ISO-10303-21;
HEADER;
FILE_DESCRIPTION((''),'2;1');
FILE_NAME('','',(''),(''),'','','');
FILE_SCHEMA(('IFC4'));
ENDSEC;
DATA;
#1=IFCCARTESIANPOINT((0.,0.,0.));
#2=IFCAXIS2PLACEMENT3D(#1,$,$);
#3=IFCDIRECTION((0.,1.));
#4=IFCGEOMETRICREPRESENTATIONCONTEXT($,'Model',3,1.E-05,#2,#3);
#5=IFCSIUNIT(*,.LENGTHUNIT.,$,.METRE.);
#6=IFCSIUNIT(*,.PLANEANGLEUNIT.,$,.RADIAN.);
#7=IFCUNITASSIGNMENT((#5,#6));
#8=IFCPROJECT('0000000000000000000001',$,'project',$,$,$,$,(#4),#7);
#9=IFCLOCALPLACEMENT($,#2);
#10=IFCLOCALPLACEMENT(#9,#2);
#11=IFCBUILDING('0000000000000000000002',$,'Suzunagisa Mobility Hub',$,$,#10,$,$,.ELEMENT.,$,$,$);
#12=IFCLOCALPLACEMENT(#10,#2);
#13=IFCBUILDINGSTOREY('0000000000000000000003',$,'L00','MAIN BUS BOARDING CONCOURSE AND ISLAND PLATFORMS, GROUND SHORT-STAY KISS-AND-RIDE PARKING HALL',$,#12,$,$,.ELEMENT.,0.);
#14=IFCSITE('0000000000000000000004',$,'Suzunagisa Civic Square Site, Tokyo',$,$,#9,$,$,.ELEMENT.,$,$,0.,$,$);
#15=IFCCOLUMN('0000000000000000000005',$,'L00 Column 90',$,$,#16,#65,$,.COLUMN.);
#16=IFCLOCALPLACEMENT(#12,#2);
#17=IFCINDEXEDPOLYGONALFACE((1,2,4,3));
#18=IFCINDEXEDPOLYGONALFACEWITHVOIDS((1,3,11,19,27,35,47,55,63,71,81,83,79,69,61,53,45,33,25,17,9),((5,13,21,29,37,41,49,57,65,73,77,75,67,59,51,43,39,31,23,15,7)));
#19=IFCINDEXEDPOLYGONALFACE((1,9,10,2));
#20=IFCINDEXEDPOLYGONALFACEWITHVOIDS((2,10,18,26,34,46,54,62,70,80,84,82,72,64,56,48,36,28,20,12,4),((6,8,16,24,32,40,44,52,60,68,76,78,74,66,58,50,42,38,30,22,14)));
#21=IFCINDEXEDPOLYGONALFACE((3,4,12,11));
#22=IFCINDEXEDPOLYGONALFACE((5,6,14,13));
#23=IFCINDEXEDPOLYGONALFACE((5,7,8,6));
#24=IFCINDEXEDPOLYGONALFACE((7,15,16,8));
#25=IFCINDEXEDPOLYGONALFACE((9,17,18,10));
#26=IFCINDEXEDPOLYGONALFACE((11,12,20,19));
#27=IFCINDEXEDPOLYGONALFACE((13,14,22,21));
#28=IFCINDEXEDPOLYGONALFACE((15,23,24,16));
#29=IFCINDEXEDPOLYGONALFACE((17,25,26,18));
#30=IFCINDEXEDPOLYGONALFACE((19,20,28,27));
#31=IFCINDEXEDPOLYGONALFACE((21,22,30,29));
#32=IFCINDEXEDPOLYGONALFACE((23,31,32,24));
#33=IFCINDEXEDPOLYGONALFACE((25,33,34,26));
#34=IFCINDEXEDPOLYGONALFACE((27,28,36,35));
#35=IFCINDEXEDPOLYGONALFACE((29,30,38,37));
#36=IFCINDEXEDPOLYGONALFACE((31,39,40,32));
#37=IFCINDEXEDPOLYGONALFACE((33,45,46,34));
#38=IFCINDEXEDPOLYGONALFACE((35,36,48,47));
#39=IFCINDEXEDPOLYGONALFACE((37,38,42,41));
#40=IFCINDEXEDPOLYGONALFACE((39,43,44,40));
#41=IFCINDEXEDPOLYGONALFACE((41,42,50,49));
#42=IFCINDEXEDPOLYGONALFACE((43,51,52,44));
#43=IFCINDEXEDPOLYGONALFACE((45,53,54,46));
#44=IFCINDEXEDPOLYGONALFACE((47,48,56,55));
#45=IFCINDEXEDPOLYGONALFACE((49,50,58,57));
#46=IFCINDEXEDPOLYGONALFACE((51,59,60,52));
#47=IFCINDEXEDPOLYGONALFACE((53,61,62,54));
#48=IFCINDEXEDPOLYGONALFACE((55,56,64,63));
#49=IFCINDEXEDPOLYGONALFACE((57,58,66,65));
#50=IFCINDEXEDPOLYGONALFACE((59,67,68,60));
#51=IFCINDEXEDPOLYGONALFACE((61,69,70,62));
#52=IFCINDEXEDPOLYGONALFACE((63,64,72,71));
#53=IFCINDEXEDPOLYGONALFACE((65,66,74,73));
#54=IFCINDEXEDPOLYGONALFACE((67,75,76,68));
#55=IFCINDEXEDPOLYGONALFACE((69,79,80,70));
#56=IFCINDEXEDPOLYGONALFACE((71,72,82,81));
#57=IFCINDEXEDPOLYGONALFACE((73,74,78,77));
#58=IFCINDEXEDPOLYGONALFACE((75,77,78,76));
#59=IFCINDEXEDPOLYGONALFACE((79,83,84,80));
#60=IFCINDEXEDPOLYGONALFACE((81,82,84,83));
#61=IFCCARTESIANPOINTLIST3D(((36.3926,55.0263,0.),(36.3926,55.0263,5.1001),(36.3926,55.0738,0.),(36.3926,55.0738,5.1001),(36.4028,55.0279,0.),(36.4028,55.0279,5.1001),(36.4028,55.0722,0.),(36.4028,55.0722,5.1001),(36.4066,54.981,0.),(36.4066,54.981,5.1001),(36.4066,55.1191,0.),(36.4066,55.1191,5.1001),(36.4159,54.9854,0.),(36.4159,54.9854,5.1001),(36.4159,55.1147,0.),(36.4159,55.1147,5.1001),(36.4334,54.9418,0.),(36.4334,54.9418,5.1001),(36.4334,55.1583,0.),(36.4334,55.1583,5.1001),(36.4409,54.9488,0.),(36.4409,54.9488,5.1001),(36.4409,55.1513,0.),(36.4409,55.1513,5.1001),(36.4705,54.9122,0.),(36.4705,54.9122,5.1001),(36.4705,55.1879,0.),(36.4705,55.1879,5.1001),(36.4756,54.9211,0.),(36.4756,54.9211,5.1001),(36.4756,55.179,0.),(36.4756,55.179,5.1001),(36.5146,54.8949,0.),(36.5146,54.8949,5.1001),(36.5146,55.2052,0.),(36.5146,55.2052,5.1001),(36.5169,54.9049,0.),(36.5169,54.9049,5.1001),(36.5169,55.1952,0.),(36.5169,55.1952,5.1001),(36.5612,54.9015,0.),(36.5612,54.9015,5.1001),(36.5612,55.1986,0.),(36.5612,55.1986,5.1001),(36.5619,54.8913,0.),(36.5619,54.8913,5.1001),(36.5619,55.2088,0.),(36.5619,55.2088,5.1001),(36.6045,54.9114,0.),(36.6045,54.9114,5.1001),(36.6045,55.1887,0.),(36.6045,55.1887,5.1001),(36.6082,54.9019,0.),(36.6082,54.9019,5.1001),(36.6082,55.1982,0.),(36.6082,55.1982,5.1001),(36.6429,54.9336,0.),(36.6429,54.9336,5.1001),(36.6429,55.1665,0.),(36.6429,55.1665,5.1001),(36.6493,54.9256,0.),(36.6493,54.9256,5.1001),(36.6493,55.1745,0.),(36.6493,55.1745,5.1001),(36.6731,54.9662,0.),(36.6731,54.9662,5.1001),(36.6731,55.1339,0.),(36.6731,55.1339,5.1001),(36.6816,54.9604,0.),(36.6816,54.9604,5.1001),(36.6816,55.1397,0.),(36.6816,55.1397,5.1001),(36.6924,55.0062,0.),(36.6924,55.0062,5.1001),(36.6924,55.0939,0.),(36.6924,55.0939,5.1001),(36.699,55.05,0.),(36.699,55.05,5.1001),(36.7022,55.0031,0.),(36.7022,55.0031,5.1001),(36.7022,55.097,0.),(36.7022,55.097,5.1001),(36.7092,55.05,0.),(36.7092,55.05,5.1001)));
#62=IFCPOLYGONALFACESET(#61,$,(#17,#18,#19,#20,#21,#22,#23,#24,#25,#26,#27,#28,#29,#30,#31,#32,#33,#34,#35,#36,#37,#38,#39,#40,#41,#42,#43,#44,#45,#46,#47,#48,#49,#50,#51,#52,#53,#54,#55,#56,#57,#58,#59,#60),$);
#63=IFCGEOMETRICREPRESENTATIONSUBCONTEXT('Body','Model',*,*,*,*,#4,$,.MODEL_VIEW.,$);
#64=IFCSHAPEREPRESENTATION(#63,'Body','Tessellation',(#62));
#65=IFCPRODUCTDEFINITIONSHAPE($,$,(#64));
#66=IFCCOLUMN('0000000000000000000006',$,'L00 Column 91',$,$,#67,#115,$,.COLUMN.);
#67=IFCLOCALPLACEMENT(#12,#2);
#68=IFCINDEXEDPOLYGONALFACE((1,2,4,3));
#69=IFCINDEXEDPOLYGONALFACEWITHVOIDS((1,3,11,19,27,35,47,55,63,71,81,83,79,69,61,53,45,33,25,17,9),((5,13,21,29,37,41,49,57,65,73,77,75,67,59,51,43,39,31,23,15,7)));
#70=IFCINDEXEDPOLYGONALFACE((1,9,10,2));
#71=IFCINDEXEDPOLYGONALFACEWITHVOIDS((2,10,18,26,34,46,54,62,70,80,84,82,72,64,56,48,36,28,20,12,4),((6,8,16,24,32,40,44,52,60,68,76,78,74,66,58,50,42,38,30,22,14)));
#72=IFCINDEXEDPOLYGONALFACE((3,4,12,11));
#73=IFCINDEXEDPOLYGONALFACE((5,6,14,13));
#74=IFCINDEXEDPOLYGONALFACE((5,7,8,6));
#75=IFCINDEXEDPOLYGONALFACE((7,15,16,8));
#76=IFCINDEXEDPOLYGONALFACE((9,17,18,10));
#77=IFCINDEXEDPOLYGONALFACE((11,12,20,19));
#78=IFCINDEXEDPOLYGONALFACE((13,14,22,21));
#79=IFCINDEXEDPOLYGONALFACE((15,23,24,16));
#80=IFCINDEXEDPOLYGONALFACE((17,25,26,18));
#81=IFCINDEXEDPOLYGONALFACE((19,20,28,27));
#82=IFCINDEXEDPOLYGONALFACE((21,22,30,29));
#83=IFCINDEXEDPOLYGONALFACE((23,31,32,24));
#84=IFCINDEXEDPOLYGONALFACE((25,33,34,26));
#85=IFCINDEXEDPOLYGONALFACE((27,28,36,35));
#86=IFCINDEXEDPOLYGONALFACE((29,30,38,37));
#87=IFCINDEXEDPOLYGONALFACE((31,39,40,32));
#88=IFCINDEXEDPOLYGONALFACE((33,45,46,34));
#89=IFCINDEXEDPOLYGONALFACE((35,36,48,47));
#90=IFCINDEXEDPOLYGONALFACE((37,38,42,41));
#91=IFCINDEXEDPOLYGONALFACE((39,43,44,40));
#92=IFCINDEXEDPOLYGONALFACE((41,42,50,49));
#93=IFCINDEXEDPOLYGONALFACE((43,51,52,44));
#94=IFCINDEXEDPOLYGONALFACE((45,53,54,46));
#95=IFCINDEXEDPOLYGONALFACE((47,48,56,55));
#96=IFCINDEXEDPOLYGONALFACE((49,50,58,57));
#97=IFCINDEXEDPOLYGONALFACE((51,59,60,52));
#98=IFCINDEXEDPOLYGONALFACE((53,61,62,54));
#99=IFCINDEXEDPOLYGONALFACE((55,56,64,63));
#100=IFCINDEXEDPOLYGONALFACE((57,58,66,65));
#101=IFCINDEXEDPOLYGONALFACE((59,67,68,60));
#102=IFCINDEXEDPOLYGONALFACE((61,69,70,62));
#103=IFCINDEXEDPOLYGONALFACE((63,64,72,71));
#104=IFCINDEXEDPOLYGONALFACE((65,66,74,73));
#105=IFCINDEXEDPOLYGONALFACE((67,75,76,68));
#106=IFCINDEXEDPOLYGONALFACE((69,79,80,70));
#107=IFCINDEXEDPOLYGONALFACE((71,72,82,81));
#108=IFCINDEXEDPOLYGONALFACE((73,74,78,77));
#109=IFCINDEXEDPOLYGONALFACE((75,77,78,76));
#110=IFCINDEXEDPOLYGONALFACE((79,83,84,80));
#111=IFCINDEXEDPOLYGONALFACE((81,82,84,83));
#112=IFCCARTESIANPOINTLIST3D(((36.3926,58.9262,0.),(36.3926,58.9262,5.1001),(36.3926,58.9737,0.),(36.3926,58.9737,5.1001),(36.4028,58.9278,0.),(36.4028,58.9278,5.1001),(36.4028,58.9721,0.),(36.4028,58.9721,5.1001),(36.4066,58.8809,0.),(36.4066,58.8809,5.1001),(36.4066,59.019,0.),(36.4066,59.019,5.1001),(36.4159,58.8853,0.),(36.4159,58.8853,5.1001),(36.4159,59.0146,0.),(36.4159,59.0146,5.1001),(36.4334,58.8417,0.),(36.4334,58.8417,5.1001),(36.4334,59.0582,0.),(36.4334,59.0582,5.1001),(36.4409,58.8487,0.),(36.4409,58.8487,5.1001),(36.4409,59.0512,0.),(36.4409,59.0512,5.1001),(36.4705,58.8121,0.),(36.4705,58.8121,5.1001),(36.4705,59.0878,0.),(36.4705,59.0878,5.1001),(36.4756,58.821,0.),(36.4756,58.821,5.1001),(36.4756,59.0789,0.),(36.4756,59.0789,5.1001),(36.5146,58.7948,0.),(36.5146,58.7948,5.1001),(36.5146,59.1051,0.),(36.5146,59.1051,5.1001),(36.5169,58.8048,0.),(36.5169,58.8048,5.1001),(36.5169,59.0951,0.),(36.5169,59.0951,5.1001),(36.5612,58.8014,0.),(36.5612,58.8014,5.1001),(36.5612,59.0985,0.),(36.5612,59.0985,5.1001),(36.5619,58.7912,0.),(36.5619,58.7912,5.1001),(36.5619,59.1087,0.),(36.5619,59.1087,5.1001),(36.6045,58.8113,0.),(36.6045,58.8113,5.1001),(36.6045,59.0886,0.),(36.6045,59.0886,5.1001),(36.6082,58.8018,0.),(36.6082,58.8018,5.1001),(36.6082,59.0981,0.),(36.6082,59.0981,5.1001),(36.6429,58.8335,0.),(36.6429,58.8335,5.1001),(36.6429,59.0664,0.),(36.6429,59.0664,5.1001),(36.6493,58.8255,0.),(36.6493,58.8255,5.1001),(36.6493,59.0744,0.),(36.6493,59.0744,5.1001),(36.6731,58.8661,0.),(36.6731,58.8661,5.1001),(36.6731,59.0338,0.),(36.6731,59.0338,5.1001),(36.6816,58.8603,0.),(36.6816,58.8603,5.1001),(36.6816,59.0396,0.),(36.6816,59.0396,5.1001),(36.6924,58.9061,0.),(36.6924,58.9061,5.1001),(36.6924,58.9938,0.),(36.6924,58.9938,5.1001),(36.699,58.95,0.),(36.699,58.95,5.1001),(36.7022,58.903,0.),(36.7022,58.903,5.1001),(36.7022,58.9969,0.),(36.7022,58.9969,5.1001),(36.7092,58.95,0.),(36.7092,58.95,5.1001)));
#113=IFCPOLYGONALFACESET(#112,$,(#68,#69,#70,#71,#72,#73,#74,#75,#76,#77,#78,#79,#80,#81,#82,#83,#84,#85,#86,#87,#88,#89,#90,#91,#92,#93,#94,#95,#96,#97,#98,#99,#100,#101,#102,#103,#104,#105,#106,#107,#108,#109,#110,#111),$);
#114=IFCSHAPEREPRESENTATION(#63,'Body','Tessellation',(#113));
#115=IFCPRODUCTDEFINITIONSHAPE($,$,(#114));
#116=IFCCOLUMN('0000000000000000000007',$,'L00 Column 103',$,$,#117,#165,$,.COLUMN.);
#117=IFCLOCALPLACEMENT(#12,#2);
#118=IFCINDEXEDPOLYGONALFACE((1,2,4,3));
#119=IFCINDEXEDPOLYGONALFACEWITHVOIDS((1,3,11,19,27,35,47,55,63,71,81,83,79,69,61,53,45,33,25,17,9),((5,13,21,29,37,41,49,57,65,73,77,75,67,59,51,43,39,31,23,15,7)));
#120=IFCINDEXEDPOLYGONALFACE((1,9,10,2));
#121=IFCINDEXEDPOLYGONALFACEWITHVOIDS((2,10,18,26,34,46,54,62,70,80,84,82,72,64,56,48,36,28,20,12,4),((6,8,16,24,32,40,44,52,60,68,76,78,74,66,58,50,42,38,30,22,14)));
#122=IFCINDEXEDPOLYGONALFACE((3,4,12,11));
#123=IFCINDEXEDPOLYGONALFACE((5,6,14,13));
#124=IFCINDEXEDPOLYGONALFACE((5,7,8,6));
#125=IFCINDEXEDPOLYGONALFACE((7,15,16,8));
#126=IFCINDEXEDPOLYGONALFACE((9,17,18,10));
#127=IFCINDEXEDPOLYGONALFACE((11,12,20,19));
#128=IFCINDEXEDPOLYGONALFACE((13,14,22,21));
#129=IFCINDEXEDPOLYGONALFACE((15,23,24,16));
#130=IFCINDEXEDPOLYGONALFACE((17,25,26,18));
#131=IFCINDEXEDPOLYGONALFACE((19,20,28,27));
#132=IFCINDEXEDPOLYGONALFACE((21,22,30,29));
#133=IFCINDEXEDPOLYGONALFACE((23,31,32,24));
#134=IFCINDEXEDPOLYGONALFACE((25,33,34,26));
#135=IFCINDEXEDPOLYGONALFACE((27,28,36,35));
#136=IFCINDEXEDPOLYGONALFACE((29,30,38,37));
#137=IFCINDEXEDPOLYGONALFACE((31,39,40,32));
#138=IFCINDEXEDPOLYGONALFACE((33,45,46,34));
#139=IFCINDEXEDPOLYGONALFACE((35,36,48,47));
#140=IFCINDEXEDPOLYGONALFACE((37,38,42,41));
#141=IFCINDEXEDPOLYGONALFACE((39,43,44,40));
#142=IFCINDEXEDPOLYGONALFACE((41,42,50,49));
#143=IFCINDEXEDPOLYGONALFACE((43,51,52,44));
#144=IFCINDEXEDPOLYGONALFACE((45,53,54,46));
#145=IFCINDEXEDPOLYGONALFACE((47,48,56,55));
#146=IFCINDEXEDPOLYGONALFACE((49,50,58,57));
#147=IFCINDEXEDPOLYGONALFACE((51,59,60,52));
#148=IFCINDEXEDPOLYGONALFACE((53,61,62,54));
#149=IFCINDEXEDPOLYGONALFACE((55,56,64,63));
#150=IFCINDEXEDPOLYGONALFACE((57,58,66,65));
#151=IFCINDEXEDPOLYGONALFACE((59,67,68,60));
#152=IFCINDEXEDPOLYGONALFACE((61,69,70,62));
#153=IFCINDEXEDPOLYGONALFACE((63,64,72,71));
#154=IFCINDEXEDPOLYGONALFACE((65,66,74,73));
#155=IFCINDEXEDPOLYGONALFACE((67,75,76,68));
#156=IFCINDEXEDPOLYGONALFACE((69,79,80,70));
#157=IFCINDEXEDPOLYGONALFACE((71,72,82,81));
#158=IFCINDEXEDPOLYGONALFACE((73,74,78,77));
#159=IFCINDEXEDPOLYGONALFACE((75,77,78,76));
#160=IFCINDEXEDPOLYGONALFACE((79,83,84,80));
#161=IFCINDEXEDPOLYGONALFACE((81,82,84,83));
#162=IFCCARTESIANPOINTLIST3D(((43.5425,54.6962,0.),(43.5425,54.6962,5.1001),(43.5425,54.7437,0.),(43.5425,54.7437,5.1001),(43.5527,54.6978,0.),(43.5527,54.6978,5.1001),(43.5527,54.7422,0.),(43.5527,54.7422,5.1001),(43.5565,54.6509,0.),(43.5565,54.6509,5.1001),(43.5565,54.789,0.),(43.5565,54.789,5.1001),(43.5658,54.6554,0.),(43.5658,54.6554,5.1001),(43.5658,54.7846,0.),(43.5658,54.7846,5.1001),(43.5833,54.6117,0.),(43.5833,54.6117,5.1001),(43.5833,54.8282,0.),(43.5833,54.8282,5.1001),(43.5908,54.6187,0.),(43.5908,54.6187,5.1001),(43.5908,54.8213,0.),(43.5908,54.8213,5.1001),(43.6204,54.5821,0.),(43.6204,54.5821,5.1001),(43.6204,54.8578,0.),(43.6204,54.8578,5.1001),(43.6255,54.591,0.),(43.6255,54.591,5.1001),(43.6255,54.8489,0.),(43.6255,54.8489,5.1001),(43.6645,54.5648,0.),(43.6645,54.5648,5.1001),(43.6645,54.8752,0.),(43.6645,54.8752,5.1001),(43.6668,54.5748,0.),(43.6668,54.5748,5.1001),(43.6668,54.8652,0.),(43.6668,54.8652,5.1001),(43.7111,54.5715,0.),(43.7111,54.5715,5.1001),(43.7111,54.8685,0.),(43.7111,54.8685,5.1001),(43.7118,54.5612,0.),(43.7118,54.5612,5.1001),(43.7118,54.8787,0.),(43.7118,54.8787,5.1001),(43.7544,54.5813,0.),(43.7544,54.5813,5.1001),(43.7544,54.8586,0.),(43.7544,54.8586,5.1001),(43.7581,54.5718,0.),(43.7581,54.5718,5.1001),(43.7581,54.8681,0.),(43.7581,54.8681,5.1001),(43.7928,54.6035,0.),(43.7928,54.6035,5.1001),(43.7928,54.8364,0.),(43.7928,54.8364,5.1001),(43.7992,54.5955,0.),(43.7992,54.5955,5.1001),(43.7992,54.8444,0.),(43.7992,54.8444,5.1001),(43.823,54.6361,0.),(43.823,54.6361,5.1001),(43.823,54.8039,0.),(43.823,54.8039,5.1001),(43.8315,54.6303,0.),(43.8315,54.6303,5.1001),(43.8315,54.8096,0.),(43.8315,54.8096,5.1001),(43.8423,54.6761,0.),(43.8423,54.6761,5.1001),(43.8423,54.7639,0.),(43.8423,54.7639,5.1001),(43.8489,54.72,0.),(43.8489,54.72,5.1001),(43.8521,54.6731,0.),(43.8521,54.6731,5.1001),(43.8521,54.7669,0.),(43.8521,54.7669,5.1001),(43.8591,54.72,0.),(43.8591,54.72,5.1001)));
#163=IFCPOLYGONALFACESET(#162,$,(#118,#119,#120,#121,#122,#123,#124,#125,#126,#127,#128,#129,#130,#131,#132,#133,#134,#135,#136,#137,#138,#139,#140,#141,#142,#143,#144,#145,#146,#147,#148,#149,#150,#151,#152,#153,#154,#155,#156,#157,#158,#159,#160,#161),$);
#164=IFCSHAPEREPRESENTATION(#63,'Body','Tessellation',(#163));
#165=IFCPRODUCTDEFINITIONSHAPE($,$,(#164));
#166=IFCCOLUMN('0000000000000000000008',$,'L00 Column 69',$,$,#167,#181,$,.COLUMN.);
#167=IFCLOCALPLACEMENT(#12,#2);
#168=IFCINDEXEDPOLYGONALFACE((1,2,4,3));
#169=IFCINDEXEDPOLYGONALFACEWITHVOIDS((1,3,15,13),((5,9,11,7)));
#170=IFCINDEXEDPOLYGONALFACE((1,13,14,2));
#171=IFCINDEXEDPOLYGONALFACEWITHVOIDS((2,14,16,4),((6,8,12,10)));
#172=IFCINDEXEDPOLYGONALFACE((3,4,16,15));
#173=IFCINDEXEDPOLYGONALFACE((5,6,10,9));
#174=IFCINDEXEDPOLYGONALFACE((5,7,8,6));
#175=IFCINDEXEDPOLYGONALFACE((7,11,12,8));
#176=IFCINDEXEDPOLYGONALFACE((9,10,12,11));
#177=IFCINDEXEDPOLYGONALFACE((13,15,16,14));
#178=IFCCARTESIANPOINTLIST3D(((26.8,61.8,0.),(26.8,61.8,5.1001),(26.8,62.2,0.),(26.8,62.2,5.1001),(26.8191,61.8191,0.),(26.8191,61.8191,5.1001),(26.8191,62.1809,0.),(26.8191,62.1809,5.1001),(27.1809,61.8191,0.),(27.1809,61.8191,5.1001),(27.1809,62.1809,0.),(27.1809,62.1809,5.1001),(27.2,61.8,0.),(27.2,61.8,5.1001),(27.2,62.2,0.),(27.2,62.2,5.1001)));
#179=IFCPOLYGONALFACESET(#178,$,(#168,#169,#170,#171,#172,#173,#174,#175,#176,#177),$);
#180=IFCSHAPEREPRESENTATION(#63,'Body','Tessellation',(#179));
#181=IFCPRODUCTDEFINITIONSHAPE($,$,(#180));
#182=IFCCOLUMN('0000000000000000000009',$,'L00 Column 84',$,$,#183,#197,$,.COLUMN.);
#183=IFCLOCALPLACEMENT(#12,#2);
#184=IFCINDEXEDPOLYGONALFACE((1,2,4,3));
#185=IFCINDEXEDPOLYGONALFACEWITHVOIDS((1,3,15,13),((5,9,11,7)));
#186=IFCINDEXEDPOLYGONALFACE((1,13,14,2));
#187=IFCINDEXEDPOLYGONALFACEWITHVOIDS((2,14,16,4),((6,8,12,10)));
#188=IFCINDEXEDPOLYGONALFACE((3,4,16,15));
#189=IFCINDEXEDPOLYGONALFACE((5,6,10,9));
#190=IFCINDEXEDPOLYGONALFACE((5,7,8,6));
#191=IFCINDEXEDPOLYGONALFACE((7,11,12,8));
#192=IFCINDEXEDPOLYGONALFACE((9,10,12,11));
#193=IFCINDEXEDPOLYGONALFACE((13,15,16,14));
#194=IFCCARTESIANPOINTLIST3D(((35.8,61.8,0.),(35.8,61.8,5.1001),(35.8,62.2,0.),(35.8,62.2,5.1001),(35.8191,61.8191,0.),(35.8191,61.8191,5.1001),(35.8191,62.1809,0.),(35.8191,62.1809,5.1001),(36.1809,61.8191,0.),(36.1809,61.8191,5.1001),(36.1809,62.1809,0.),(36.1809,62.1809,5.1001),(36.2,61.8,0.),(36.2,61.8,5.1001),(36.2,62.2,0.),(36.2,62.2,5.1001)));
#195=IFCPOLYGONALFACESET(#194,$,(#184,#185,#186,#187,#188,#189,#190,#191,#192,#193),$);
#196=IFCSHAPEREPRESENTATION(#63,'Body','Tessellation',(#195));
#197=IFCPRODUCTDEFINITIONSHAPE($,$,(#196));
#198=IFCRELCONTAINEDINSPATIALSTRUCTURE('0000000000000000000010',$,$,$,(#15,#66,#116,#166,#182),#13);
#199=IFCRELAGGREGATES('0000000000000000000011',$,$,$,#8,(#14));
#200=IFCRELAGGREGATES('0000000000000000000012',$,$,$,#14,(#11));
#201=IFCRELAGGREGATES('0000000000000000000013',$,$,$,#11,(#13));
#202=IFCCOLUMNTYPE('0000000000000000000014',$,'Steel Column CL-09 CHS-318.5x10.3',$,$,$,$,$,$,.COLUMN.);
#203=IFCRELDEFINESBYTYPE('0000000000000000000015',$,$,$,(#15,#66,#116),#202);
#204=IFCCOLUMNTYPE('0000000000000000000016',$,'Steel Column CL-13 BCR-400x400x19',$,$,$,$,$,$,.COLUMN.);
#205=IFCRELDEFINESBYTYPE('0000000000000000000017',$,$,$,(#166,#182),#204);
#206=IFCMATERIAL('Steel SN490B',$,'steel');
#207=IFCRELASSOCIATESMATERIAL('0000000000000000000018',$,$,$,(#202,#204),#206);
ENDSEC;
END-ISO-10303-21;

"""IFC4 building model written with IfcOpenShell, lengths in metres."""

from ifc_helpers import new_model, si_unit, direction, frame, origin, origin_2d, place, context, subcontext, project, spatial, hollow_rectangle, hollow_circle, extrude, material, material_profile, profile_set, type_object, element, save


model = new_model("IFC4")

# Units and contexts
model_context = context("Model", 3, precision=1e-05, world=origin(), true_north=direction((0.0, 1.0)))
body_context = subcontext(model_context, "Body", "Model", "MODEL_VIEW")
ifc_project = project(units=[si_unit("LENGTHUNIT", "METRE"), si_unit("PLANEANGLEUNIT", "RADIAN")], contexts=[model_context])

# Site, building, storey
site_placement = place(None, origin())
site = spatial("IfcSite", under=ifc_project, at=site_placement, Name="Suzunagisa Civic Square Site, Tokyo", CompositionType="ELEMENT", RefElevation=0.0)
building_placement = place(site_placement, origin())
building = spatial("IfcBuilding", under=site, at=building_placement, Name="Suzunagisa Mobility Hub", CompositionType="ELEMENT")
storey_placement = place(building_placement, origin())
storey = spatial("IfcBuildingStorey", under=building, at=storey_placement, Name="L00", Description="MAIN BUS BOARDING CONCOURSE AND ISLAND PLATFORMS, GROUND SHORT-STAY KISS-AND-RIDE PARKING HALL", CompositionType="ELEMENT", Elevation=0.0)

# Columns
ifc_material_1 = material(Name="Steel SN490B", Category="steel")
ifc_material_profile_1 = material_profile(ifc_material_1, hollow_circle(Radius=0.1592, WallThickness=0.0103, at=origin_2d()), Name="CHS-318.5x10.3")
ifc_profile_set_1 = profile_set([ifc_material_profile_1], Name="Steel SN490B")
column_type_1 = type_object("IfcColumnType", Name="Steel Column CL-09 CHS-318.5x10.3", PredefinedType="COLUMN", material=ifc_profile_set_1)
for number, where, z_axis, x_axis, name in (
    (1, (36.55, 55.05, 0.0), (0.0, 0.0, 1.0), (1.0, 0.0, 0.0), "L00 Column 90"),
    (2, (36.55, 58.95, 0.0), (0.0, 0.0, 1.0), (1.0, 0.0, 0.0), "L00 Column 91"),
    (3, (43.7, 54.72, 0.0), (0.0, 0.0, 1.0), (1.0, 0.0, 0.0), "L00 Column 103"),
):
    element("IfcColumn", number, at=place(storey_placement, frame(where, z_axis=z_axis, x_axis=x_axis)), inside=storey, type_object=column_type_1, Name=name, PredefinedType="COLUMN", context=body_context, shape_type="SweptSolid", body=[
        extrude(hollow_circle(Radius=0.1592, WallThickness=0.0103, at=origin_2d()), origin(), (0.0, 0.0, 1.0), 5.1001),
    ])
ifc_material_profile_2 = material_profile(ifc_material_1, hollow_rectangle(XDim=0.3999, YDim=0.3999, WallThickness=0.019, at=origin_2d()), Name="BCR-400x400x19")
ifc_profile_set_2 = profile_set([ifc_material_profile_2], Name="Steel SN490B")
column_type_2 = type_object("IfcColumnType", Name="Steel Column CL-13 BCR-400x400x19", PredefinedType="COLUMN", material=ifc_profile_set_2)
for number, where, z_axis, x_axis, name in (
    (4, (27.0, 62.0, 0.0), (0.0, 0.0, 1.0), (1.0, 0.0, 0.0), "L00 Column 69"),
    (5, (36.0, 62.0, 0.0), (0.0, 0.0, 1.0), (1.0, 0.0, 0.0), "L00 Column 84"),
):
    element("IfcColumn", number, at=place(storey_placement, frame(where, z_axis=z_axis, x_axis=x_axis)), inside=storey, type_object=column_type_2, Name=name, PredefinedType="COLUMN", context=body_context, shape_type="SweptSolid", body=[
        extrude(hollow_rectangle(XDim=0.3999, YDim=0.3999, WallThickness=0.019, at=origin_2d()), origin(), (0.0, 0.0, 1.0), 5.1001),
    ])

save(model, "model.ifc")
